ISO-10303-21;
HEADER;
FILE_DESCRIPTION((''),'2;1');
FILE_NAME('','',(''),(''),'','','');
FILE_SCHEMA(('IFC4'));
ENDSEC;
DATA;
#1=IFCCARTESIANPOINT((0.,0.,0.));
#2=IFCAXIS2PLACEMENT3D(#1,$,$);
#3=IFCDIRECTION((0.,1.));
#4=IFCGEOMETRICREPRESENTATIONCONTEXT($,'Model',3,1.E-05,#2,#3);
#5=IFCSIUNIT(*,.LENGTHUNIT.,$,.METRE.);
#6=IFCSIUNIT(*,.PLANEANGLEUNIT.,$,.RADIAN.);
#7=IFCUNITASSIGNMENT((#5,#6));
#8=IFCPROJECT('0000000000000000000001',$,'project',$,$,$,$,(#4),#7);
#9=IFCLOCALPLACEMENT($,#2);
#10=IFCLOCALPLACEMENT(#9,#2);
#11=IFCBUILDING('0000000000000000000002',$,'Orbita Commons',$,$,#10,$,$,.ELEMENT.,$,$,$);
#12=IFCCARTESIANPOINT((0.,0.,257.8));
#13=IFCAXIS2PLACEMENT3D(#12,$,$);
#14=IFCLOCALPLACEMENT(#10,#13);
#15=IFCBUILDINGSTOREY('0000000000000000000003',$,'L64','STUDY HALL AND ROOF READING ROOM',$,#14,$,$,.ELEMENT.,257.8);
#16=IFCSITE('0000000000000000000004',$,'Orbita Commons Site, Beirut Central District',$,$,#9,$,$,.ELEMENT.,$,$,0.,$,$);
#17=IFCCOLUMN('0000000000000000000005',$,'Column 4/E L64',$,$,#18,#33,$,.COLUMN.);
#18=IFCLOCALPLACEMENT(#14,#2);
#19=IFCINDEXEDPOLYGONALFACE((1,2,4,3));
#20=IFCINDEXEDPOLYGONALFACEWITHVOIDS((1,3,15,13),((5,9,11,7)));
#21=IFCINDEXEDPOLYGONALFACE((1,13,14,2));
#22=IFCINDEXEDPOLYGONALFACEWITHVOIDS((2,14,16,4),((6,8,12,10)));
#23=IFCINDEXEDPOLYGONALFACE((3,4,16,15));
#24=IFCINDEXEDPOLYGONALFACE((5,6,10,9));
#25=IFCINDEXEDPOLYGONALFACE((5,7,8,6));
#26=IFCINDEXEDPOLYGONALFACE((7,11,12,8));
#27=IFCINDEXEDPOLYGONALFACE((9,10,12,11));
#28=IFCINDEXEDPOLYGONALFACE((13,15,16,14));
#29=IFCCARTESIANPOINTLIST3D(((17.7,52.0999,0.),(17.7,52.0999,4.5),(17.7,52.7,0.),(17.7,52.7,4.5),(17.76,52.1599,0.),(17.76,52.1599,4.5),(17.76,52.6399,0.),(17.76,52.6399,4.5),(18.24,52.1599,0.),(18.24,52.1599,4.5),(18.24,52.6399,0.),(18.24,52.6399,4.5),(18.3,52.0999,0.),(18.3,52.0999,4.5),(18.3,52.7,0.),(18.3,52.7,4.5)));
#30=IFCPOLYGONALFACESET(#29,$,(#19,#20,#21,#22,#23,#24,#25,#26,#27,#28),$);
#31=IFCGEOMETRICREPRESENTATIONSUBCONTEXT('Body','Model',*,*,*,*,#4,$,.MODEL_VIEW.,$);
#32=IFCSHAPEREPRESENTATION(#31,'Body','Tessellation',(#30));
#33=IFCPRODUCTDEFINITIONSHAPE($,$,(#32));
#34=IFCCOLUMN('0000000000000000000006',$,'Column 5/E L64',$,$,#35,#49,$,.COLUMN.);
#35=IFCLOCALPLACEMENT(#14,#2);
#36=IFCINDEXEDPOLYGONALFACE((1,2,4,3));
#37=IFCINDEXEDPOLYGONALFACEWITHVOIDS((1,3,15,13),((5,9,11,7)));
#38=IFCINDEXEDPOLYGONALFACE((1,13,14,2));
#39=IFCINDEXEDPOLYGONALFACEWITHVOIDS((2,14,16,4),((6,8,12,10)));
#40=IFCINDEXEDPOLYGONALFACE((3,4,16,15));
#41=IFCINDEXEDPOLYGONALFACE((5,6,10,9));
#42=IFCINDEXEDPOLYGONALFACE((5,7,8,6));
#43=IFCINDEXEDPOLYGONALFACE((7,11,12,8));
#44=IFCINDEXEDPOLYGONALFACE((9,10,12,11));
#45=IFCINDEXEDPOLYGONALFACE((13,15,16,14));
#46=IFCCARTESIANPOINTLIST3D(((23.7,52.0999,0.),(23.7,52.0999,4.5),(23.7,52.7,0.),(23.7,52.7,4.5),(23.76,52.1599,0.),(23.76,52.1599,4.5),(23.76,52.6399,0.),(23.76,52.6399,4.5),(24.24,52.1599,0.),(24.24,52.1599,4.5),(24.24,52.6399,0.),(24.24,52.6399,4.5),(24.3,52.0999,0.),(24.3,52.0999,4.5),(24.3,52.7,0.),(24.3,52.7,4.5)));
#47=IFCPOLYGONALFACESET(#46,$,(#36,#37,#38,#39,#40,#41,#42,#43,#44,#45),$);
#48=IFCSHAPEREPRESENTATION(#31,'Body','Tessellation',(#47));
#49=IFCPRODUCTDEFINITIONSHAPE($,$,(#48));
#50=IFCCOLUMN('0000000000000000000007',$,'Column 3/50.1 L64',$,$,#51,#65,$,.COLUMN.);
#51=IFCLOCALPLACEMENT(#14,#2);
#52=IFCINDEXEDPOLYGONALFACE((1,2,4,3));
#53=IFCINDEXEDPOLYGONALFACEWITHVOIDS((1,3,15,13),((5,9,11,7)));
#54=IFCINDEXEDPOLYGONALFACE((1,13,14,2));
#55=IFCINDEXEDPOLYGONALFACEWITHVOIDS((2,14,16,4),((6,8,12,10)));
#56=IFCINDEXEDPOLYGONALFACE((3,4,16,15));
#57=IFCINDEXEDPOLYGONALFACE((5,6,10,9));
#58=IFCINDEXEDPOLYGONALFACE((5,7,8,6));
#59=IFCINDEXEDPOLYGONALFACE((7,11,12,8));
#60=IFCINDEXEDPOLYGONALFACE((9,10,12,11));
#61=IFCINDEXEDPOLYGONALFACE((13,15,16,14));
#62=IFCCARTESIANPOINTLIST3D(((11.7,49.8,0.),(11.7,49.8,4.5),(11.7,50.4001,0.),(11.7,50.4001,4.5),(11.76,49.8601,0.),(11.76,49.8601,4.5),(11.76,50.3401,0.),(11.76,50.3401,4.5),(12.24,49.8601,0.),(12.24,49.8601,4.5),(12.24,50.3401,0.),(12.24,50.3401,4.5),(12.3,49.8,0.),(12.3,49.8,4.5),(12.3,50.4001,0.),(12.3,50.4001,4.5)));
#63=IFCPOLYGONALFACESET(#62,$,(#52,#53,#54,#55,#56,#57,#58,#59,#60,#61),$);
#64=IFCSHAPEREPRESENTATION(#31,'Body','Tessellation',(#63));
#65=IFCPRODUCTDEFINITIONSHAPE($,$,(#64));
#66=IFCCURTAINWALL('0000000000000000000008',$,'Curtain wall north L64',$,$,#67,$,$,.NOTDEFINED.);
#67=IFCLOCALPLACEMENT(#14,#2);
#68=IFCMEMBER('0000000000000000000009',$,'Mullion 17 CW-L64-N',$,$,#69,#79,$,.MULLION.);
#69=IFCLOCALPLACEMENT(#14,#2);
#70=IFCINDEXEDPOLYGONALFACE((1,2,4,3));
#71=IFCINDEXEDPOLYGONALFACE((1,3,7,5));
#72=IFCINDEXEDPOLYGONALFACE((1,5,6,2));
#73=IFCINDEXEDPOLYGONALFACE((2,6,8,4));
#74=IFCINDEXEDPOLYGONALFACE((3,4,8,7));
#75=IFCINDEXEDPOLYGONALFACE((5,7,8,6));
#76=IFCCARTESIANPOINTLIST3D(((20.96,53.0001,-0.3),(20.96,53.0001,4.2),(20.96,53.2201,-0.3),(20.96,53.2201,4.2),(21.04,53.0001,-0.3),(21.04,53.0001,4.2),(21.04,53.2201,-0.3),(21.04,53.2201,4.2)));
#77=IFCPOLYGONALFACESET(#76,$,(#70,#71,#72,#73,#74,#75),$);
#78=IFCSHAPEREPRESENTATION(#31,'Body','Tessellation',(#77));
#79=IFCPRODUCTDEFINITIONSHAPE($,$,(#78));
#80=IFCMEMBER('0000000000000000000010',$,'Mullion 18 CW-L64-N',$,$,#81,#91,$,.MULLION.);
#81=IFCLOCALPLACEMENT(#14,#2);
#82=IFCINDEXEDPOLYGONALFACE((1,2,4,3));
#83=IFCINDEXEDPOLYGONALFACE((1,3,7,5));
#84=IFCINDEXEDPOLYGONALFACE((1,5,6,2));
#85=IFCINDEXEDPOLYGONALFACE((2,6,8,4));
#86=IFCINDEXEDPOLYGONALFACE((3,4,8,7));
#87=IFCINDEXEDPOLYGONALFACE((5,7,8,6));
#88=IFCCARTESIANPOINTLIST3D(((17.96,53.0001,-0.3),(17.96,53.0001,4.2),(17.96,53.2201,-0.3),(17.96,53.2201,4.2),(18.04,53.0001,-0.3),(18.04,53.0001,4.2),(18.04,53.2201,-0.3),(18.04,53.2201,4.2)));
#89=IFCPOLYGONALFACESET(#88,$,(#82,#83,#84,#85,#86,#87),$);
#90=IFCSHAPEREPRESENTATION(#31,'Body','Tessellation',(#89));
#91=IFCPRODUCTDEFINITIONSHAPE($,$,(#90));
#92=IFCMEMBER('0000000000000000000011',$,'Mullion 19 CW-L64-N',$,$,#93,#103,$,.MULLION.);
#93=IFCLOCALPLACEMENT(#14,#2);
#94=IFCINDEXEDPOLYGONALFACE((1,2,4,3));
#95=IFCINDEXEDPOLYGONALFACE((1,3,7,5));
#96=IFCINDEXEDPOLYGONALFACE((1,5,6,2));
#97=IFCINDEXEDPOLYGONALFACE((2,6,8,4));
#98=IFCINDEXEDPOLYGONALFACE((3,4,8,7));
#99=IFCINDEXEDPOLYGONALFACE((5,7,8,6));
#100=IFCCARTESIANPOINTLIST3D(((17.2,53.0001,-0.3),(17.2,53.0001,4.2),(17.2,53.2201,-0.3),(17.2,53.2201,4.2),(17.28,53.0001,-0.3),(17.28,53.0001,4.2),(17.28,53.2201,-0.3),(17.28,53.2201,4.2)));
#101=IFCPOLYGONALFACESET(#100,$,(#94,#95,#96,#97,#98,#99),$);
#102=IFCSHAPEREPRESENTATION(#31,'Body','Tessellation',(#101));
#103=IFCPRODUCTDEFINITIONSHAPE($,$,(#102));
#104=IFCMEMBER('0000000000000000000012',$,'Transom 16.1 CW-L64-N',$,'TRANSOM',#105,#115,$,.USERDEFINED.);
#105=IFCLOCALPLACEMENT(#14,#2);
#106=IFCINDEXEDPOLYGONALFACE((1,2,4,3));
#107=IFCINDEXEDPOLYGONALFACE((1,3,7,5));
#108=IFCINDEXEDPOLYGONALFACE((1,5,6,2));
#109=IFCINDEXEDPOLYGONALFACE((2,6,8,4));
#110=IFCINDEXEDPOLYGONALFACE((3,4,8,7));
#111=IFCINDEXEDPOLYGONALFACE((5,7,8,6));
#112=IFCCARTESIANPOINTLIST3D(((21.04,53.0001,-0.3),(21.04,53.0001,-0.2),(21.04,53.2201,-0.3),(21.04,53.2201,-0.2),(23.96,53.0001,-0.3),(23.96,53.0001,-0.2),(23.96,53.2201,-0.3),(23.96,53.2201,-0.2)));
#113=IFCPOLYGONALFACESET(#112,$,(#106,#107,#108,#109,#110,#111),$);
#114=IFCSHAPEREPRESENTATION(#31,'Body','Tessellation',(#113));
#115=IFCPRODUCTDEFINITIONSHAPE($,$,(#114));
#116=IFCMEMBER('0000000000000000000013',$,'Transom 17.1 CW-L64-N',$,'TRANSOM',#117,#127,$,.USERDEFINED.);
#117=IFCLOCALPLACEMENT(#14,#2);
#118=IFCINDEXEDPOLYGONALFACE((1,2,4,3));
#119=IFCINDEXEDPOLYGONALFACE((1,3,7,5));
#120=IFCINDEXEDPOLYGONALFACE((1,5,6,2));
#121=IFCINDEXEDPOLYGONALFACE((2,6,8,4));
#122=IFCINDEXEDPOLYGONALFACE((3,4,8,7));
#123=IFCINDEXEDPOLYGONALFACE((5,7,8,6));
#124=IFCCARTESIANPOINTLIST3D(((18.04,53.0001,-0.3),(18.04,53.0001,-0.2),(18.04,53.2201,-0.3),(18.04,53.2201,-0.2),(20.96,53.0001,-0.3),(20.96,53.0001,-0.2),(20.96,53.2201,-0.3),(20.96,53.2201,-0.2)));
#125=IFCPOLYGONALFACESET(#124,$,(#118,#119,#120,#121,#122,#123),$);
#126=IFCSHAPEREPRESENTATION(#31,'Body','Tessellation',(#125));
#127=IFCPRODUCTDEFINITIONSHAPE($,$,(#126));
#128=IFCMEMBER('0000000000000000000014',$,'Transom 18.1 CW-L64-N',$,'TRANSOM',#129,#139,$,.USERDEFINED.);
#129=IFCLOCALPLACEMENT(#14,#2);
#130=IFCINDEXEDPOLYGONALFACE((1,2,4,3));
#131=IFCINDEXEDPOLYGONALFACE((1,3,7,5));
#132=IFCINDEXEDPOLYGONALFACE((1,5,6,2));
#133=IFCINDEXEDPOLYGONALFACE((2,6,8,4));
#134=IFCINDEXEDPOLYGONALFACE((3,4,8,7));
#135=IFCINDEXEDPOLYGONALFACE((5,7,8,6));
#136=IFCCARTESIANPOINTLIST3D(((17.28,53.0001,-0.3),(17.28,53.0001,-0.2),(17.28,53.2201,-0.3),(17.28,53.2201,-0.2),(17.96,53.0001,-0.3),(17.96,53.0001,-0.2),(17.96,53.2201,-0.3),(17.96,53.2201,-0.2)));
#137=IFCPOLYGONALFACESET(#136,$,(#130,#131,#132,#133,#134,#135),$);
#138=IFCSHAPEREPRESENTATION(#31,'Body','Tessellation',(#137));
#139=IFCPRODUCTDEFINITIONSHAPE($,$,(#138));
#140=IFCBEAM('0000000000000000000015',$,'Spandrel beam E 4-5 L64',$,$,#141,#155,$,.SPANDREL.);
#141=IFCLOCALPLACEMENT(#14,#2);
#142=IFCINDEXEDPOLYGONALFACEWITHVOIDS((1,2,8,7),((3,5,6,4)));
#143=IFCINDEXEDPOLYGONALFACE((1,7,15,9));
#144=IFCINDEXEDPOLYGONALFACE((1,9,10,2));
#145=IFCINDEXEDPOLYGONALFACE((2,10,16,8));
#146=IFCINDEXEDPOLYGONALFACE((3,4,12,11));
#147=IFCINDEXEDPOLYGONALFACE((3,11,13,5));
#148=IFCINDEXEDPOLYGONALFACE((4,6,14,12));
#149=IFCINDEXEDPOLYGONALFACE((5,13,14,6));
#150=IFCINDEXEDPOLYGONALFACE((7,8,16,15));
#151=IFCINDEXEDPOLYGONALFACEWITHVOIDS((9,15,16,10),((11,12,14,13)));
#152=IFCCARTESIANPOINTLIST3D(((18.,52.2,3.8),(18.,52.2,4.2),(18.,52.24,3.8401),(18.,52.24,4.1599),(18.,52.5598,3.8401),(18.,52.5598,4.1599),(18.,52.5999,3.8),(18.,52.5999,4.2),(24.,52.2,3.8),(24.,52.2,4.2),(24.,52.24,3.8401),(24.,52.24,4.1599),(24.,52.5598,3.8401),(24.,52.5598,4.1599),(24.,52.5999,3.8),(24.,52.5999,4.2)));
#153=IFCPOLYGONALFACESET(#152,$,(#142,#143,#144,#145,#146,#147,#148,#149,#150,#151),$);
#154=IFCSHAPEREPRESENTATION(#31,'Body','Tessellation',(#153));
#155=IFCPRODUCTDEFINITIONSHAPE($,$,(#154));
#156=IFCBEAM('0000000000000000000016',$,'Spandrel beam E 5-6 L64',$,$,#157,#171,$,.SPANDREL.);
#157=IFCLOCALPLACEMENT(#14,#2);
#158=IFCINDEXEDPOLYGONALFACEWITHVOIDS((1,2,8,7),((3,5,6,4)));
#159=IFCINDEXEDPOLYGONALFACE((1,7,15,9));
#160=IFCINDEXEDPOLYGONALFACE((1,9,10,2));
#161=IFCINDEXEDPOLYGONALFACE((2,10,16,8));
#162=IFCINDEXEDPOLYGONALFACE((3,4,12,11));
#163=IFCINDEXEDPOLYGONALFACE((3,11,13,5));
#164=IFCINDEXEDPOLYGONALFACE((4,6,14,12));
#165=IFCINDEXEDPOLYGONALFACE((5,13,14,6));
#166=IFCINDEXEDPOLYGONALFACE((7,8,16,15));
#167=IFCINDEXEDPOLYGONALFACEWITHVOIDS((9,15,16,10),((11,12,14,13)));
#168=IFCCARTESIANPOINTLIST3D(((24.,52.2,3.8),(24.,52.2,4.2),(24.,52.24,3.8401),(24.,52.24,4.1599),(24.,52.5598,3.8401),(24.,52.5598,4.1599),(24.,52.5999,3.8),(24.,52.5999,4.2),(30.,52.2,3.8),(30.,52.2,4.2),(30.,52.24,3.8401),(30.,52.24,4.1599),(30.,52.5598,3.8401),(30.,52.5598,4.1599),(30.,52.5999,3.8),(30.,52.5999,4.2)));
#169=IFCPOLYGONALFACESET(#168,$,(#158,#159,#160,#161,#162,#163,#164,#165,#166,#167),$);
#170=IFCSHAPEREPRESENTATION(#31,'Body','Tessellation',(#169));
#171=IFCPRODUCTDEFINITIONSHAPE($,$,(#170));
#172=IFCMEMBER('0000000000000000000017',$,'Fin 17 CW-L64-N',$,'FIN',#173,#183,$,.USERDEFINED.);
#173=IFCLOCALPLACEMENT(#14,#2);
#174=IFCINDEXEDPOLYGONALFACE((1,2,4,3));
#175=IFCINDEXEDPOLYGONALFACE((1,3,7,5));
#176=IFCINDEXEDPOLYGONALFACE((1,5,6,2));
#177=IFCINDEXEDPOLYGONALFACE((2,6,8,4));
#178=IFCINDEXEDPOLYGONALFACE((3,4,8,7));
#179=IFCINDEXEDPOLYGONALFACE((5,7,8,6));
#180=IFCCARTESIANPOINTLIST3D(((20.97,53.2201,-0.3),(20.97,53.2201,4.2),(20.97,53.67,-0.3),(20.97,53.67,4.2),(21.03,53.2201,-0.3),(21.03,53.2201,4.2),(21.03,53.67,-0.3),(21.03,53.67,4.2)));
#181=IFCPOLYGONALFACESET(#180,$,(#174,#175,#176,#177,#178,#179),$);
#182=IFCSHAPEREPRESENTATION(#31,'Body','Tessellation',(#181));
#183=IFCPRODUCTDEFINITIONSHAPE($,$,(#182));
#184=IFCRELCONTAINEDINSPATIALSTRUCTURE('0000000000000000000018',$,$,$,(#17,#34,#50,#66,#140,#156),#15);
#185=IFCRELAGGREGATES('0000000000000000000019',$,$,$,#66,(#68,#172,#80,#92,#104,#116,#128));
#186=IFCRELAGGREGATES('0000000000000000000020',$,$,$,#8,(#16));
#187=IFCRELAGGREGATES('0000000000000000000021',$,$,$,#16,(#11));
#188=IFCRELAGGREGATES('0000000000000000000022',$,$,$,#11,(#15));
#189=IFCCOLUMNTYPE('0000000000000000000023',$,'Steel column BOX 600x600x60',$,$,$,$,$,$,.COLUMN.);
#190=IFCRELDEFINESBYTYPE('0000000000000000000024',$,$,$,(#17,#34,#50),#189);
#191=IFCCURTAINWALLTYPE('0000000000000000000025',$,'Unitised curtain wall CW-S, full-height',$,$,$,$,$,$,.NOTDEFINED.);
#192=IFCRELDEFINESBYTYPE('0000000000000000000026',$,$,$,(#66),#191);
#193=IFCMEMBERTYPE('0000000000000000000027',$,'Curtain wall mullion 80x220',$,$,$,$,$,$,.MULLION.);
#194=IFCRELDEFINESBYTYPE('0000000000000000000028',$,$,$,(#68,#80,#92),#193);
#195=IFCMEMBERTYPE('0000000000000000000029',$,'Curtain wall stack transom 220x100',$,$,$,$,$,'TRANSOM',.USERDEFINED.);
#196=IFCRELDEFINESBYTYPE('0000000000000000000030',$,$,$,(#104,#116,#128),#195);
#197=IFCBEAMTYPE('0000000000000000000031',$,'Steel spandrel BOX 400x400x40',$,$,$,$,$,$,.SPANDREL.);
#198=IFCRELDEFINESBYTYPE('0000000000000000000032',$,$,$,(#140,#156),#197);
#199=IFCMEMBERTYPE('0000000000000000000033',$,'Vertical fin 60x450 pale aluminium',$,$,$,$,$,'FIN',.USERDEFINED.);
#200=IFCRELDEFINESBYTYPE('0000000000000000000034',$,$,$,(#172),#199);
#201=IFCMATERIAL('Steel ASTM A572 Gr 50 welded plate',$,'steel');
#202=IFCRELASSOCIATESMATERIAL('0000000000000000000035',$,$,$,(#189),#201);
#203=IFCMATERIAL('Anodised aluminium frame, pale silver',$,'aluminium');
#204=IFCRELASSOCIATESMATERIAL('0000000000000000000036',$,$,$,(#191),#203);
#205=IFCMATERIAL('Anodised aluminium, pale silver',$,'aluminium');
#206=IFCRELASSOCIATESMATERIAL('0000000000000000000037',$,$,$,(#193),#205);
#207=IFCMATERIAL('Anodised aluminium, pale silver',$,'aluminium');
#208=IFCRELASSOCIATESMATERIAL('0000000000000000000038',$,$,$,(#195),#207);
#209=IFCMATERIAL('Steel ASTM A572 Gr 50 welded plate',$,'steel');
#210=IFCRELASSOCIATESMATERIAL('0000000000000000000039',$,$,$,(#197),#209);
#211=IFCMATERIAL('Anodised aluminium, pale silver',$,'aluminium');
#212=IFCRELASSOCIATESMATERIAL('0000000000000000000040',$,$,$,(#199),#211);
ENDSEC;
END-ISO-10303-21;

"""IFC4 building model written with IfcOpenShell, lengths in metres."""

from ifc_helpers import new_model, si_unit, direction, frame, origin, origin_2d, place, context, subcontext, project, spatial, rectangle, hollow_rectangle, extrude, material, material_profile, profile_set, type_object, element, aggregate, save


model = new_model("IFC4")

# Units and contexts
model_context = context("Model", 3, precision=1e-05, world=origin(), true_north=direction((0.0, 1.0)))
body_context = subcontext(model_context, "Body", "Model", "MODEL_VIEW")
ifc_project = project(units=[si_unit("LENGTHUNIT", "METRE"), si_unit("PLANEANGLEUNIT", "RADIAN")], contexts=[model_context])

# Site, building, storey
site_placement = place(None, origin())
site = spatial("IfcSite", under=ifc_project, at=site_placement, Name="Orbita Commons Site, Beirut Central District", CompositionType="ELEMENT", RefElevation=0.0)
building_placement = place(site_placement, origin())
building = spatial("IfcBuilding", under=site, at=building_placement, Name="Orbita Commons", CompositionType="ELEMENT")
storey_placement = place(building_placement, frame((0.0, 0.0, 257.8)))
storey = spatial("IfcBuildingStorey", under=building, at=storey_placement, Name="L64", Description="STUDY HALL AND ROOF READING ROOM", CompositionType="ELEMENT", Elevation=257.8)

# Columns
ifc_material_1 = material(Name="Steel ASTM A572 Gr 50 welded plate", Category="steel")
ifc_material_profile_1 = material_profile(ifc_material_1, hollow_rectangle(XDim=0.6001, YDim=0.6001, WallThickness=0.0601, at=origin_2d()), Name="BOX 600x600x60")
ifc_profile_set_1 = profile_set([ifc_material_profile_1], Name="Steel ASTM A572 Gr 50 welded plate")
column_type = type_object("IfcColumnType", Name="Steel column BOX 600x600x60", PredefinedType="COLUMN", material=ifc_profile_set_1)
for number, where, z_axis, x_axis, name in (
    (1, (18.0, 52.3999, 0.0), (0.0, 0.0, 1.0), (1.0, 0.0, 0.0), "Column 4/E L64"),
    (2, (24.0, 52.3999, 0.0), (0.0, 0.0, 1.0), (1.0, 0.0, 0.0), "Column 5/E L64"),
    (3, (12.0, 50.1001, 0.0), (0.0, 0.0, 1.0), (1.0, 0.0, 0.0), "Column 3/50.1 L64"),
):
    element("IfcColumn", number, at=place(storey_placement, frame(where, z_axis=z_axis, x_axis=x_axis)), inside=storey, type_object=column_type, Name=name, PredefinedType="COLUMN", context=body_context, shape_type="SweptSolid", body=[
        extrude(hollow_rectangle(XDim=0.6001, YDim=0.6001, WallThickness=0.0601, at=origin_2d()), origin(), (0.0, 0.0, 1.0), 4.5),
    ])

# Curtain wall, members
ifc_material_2 = material(Name="Anodised aluminium frame, pale silver", Category="aluminium")
curtain_wall_type = type_object("IfcCurtainWallType", Name="Unitised curtain wall CW-S, full-height", PredefinedType="NOTDEFINED", material=ifc_material_2)
curtain_wall_placement = place(storey_placement, origin())
curtain_wall = element("IfcCurtainWall", 4, at=curtain_wall_placement, inside=storey, type_object=curtain_wall_type, Name="Curtain wall north L64", PredefinedType="NOTDEFINED")
ifc_material_3 = material(Name="Anodised aluminium, pale silver", Category="aluminium")
ifc_material_profile_2 = material_profile(ifc_material_3, rectangle(XDim=0.0801, YDim=0.22, at=origin_2d()), Name="AL 80x220")
ifc_profile_set_2 = profile_set([ifc_material_profile_2], Name="Anodised aluminium, pale silver")
member_type_1 = type_object("IfcMemberType", Name="Curtain wall mullion 80x220", PredefinedType="MULLION", material=ifc_profile_set_2)
member_1_placement = place(storey_placement, frame((21.0, 53.1101, -0.3), z_axis=(0.0, 0.0, 1.0), x_axis=(-1.0, 0.0, 0.0)))
member_1 = element("IfcMember", 5, at=member_1_placement, type_object=member_type_1, Name="Mullion 17 CW-L64-N", PredefinedType="MULLION", context=body_context, shape_type="SweptSolid", body=[
    extrude(rectangle(XDim=0.0801, YDim=0.22, at=origin_2d()), origin(), (0.0, 0.0, 1.0), 4.5),
])
member_2_placement = place(storey_placement, frame((18.0, 53.1101, -0.3), z_axis=(0.0, 0.0, 1.0), x_axis=(-1.0, 0.0, 0.0)))
member_2 = element("IfcMember", 6, at=member_2_placement, type_object=member_type_1, Name="Mullion 18 CW-L64-N", PredefinedType="MULLION", context=body_context, shape_type="SweptSolid", body=[
    extrude(rectangle(XDim=0.0801, YDim=0.22, at=origin_2d()), origin(), (0.0, 0.0, 1.0), 4.5),
])
member_3_placement = place(storey_placement, frame((17.24, 53.1101, -0.3), z_axis=(0.0, 0.0, 1.0), x_axis=(-1.0, 0.0, 0.0)))
member_3 = element("IfcMember", 7, at=member_3_placement, type_object=member_type_1, Name="Mullion 19 CW-L64-N", PredefinedType="MULLION", context=body_context, shape_type="SweptSolid", body=[
    extrude(rectangle(XDim=0.0801, YDim=0.22, at=origin_2d()), origin(), (0.0, 0.0, 1.0), 4.5),
])
ifc_material_4 = material(Name="Anodised aluminium, pale silver", Category="aluminium")
ifc_material_profile_3 = material_profile(ifc_material_4, rectangle(XDim=0.22, YDim=0.1001, at=origin_2d()), Name="AL 220x100")
ifc_profile_set_3 = profile_set([ifc_material_profile_3], Name="Anodised aluminium, pale silver")
member_type_2 = type_object("IfcMemberType", Name="Curtain wall stack transom 220x100", ElementType="TRANSOM", PredefinedType="USERDEFINED", material=ifc_profile_set_3)
member_4_placement = place(storey_placement, frame((23.96, 53.1101, -0.25), z_axis=(-1.0, 0.0, 0.0), x_axis=(0.0, -1.0, 0.0)))
member_4 = element("IfcMember", 8, at=member_4_placement, type_object=member_type_2, Name="Transom 16.1 CW-L64-N", ObjectType="TRANSOM", PredefinedType="USERDEFINED", context=body_context, shape_type="SweptSolid", body=[
    extrude(rectangle(XDim=0.22, YDim=0.1001, at=origin_2d()), origin(), (0.0, 0.0, 1.0), 2.9199),
])
member_5_placement = place(storey_placement, frame((20.96, 53.1101, -0.25), z_axis=(-1.0, 0.0, 0.0), x_axis=(0.0, -1.0, 0.0)))
member_5 = element("IfcMember", 9, at=member_5_placement, type_object=member_type_2, Name="Transom 17.1 CW-L64-N", ObjectType="TRANSOM", PredefinedType="USERDEFINED", context=body_context, shape_type="SweptSolid", body=[
    extrude(rectangle(XDim=0.22, YDim=0.1001, at=origin_2d()), origin(), (0.0, 0.0, 1.0), 2.9199),
])
member_6_placement = place(storey_placement, frame((17.96, 53.1101, -0.25), z_axis=(-1.0, 0.0, 0.0), x_axis=(0.0, -1.0, 0.0)))
member_6 = element("IfcMember", 10, at=member_6_placement, type_object=member_type_2, Name="Transom 18.1 CW-L64-N", ObjectType="TRANSOM", PredefinedType="USERDEFINED", context=body_context, shape_type="SweptSolid", body=[
    extrude(rectangle(XDim=0.22, YDim=0.1001, at=origin_2d()), origin(), (0.0, 0.0, 1.0), 0.6799),
])

# Beams
ifc_material_5 = material(Name="Steel ASTM A572 Gr 50 welded plate", Category="steel")
ifc_material_profile_4 = material_profile(ifc_material_5, hollow_rectangle(XDim=0.3999, YDim=0.3999, WallThickness=0.04, at=origin_2d()), Name="BOX 400x400x40")
ifc_profile_set_4 = profile_set([ifc_material_profile_4], Name="Steel ASTM A572 Gr 50 welded plate")
beam_type = type_object("IfcBeamType", Name="Steel spandrel BOX 400x400x40", PredefinedType="SPANDREL", material=ifc_profile_set_4)
for number, where, z_axis, x_axis, name in (
    (11, (18.0, 52.3999, 4.0), (1.0, 0.0, 0.0), (0.0, 1.0, 0.0), "Spandrel beam E 4-5 L64"),
    (12, (24.0, 52.3999, 4.0), (1.0, 0.0, 0.0), (0.0, 1.0, 0.0), "Spandrel beam E 5-6 L64"),
):
    element("IfcBeam", number, at=place(storey_placement, frame(where, z_axis=z_axis, x_axis=x_axis)), inside=storey, type_object=beam_type, Name=name, PredefinedType="SPANDREL", context=body_context, shape_type="SweptSolid", body=[
        extrude(hollow_rectangle(XDim=0.3999, YDim=0.3999, WallThickness=0.04, at=origin_2d()), origin(), (0.0, 0.0, 1.0), 6.0),
    ])

# Member
ifc_material_6 = material(Name="Anodised aluminium, pale silver", Category="aluminium")
ifc_material_profile_5 = material_profile(ifc_material_6, rectangle(XDim=0.0601, YDim=0.45, at=origin_2d()), Name="FIN 60x450")
ifc_profile_set_5 = profile_set([ifc_material_profile_5], Name="Anodised aluminium, pale silver")
member_type_3 = type_object("IfcMemberType", Name="Vertical fin 60x450 pale aluminium", ElementType="FIN", PredefinedType="USERDEFINED", material=ifc_profile_set_5)
member_7_placement = place(storey_placement, frame((21.0, 53.4451, -0.3), z_axis=(0.0, 0.0, 1.0), x_axis=(-1.0, 0.0, 0.0)))
member_7 = element("IfcMember", 13, at=member_7_placement, type_object=member_type_3, Name="Fin 17 CW-L64-N", ObjectType="FIN", PredefinedType="USERDEFINED", context=body_context, shape_type="SweptSolid", body=[
    extrude(rectangle(XDim=0.0601, YDim=0.45, at=origin_2d()), origin(), (0.0, 0.0, 1.0), 4.5),
])

aggregate(curtain_wall, [member_1, member_7, member_2, member_3, member_4, member_5, member_6])

save(model, "model.ifc")
